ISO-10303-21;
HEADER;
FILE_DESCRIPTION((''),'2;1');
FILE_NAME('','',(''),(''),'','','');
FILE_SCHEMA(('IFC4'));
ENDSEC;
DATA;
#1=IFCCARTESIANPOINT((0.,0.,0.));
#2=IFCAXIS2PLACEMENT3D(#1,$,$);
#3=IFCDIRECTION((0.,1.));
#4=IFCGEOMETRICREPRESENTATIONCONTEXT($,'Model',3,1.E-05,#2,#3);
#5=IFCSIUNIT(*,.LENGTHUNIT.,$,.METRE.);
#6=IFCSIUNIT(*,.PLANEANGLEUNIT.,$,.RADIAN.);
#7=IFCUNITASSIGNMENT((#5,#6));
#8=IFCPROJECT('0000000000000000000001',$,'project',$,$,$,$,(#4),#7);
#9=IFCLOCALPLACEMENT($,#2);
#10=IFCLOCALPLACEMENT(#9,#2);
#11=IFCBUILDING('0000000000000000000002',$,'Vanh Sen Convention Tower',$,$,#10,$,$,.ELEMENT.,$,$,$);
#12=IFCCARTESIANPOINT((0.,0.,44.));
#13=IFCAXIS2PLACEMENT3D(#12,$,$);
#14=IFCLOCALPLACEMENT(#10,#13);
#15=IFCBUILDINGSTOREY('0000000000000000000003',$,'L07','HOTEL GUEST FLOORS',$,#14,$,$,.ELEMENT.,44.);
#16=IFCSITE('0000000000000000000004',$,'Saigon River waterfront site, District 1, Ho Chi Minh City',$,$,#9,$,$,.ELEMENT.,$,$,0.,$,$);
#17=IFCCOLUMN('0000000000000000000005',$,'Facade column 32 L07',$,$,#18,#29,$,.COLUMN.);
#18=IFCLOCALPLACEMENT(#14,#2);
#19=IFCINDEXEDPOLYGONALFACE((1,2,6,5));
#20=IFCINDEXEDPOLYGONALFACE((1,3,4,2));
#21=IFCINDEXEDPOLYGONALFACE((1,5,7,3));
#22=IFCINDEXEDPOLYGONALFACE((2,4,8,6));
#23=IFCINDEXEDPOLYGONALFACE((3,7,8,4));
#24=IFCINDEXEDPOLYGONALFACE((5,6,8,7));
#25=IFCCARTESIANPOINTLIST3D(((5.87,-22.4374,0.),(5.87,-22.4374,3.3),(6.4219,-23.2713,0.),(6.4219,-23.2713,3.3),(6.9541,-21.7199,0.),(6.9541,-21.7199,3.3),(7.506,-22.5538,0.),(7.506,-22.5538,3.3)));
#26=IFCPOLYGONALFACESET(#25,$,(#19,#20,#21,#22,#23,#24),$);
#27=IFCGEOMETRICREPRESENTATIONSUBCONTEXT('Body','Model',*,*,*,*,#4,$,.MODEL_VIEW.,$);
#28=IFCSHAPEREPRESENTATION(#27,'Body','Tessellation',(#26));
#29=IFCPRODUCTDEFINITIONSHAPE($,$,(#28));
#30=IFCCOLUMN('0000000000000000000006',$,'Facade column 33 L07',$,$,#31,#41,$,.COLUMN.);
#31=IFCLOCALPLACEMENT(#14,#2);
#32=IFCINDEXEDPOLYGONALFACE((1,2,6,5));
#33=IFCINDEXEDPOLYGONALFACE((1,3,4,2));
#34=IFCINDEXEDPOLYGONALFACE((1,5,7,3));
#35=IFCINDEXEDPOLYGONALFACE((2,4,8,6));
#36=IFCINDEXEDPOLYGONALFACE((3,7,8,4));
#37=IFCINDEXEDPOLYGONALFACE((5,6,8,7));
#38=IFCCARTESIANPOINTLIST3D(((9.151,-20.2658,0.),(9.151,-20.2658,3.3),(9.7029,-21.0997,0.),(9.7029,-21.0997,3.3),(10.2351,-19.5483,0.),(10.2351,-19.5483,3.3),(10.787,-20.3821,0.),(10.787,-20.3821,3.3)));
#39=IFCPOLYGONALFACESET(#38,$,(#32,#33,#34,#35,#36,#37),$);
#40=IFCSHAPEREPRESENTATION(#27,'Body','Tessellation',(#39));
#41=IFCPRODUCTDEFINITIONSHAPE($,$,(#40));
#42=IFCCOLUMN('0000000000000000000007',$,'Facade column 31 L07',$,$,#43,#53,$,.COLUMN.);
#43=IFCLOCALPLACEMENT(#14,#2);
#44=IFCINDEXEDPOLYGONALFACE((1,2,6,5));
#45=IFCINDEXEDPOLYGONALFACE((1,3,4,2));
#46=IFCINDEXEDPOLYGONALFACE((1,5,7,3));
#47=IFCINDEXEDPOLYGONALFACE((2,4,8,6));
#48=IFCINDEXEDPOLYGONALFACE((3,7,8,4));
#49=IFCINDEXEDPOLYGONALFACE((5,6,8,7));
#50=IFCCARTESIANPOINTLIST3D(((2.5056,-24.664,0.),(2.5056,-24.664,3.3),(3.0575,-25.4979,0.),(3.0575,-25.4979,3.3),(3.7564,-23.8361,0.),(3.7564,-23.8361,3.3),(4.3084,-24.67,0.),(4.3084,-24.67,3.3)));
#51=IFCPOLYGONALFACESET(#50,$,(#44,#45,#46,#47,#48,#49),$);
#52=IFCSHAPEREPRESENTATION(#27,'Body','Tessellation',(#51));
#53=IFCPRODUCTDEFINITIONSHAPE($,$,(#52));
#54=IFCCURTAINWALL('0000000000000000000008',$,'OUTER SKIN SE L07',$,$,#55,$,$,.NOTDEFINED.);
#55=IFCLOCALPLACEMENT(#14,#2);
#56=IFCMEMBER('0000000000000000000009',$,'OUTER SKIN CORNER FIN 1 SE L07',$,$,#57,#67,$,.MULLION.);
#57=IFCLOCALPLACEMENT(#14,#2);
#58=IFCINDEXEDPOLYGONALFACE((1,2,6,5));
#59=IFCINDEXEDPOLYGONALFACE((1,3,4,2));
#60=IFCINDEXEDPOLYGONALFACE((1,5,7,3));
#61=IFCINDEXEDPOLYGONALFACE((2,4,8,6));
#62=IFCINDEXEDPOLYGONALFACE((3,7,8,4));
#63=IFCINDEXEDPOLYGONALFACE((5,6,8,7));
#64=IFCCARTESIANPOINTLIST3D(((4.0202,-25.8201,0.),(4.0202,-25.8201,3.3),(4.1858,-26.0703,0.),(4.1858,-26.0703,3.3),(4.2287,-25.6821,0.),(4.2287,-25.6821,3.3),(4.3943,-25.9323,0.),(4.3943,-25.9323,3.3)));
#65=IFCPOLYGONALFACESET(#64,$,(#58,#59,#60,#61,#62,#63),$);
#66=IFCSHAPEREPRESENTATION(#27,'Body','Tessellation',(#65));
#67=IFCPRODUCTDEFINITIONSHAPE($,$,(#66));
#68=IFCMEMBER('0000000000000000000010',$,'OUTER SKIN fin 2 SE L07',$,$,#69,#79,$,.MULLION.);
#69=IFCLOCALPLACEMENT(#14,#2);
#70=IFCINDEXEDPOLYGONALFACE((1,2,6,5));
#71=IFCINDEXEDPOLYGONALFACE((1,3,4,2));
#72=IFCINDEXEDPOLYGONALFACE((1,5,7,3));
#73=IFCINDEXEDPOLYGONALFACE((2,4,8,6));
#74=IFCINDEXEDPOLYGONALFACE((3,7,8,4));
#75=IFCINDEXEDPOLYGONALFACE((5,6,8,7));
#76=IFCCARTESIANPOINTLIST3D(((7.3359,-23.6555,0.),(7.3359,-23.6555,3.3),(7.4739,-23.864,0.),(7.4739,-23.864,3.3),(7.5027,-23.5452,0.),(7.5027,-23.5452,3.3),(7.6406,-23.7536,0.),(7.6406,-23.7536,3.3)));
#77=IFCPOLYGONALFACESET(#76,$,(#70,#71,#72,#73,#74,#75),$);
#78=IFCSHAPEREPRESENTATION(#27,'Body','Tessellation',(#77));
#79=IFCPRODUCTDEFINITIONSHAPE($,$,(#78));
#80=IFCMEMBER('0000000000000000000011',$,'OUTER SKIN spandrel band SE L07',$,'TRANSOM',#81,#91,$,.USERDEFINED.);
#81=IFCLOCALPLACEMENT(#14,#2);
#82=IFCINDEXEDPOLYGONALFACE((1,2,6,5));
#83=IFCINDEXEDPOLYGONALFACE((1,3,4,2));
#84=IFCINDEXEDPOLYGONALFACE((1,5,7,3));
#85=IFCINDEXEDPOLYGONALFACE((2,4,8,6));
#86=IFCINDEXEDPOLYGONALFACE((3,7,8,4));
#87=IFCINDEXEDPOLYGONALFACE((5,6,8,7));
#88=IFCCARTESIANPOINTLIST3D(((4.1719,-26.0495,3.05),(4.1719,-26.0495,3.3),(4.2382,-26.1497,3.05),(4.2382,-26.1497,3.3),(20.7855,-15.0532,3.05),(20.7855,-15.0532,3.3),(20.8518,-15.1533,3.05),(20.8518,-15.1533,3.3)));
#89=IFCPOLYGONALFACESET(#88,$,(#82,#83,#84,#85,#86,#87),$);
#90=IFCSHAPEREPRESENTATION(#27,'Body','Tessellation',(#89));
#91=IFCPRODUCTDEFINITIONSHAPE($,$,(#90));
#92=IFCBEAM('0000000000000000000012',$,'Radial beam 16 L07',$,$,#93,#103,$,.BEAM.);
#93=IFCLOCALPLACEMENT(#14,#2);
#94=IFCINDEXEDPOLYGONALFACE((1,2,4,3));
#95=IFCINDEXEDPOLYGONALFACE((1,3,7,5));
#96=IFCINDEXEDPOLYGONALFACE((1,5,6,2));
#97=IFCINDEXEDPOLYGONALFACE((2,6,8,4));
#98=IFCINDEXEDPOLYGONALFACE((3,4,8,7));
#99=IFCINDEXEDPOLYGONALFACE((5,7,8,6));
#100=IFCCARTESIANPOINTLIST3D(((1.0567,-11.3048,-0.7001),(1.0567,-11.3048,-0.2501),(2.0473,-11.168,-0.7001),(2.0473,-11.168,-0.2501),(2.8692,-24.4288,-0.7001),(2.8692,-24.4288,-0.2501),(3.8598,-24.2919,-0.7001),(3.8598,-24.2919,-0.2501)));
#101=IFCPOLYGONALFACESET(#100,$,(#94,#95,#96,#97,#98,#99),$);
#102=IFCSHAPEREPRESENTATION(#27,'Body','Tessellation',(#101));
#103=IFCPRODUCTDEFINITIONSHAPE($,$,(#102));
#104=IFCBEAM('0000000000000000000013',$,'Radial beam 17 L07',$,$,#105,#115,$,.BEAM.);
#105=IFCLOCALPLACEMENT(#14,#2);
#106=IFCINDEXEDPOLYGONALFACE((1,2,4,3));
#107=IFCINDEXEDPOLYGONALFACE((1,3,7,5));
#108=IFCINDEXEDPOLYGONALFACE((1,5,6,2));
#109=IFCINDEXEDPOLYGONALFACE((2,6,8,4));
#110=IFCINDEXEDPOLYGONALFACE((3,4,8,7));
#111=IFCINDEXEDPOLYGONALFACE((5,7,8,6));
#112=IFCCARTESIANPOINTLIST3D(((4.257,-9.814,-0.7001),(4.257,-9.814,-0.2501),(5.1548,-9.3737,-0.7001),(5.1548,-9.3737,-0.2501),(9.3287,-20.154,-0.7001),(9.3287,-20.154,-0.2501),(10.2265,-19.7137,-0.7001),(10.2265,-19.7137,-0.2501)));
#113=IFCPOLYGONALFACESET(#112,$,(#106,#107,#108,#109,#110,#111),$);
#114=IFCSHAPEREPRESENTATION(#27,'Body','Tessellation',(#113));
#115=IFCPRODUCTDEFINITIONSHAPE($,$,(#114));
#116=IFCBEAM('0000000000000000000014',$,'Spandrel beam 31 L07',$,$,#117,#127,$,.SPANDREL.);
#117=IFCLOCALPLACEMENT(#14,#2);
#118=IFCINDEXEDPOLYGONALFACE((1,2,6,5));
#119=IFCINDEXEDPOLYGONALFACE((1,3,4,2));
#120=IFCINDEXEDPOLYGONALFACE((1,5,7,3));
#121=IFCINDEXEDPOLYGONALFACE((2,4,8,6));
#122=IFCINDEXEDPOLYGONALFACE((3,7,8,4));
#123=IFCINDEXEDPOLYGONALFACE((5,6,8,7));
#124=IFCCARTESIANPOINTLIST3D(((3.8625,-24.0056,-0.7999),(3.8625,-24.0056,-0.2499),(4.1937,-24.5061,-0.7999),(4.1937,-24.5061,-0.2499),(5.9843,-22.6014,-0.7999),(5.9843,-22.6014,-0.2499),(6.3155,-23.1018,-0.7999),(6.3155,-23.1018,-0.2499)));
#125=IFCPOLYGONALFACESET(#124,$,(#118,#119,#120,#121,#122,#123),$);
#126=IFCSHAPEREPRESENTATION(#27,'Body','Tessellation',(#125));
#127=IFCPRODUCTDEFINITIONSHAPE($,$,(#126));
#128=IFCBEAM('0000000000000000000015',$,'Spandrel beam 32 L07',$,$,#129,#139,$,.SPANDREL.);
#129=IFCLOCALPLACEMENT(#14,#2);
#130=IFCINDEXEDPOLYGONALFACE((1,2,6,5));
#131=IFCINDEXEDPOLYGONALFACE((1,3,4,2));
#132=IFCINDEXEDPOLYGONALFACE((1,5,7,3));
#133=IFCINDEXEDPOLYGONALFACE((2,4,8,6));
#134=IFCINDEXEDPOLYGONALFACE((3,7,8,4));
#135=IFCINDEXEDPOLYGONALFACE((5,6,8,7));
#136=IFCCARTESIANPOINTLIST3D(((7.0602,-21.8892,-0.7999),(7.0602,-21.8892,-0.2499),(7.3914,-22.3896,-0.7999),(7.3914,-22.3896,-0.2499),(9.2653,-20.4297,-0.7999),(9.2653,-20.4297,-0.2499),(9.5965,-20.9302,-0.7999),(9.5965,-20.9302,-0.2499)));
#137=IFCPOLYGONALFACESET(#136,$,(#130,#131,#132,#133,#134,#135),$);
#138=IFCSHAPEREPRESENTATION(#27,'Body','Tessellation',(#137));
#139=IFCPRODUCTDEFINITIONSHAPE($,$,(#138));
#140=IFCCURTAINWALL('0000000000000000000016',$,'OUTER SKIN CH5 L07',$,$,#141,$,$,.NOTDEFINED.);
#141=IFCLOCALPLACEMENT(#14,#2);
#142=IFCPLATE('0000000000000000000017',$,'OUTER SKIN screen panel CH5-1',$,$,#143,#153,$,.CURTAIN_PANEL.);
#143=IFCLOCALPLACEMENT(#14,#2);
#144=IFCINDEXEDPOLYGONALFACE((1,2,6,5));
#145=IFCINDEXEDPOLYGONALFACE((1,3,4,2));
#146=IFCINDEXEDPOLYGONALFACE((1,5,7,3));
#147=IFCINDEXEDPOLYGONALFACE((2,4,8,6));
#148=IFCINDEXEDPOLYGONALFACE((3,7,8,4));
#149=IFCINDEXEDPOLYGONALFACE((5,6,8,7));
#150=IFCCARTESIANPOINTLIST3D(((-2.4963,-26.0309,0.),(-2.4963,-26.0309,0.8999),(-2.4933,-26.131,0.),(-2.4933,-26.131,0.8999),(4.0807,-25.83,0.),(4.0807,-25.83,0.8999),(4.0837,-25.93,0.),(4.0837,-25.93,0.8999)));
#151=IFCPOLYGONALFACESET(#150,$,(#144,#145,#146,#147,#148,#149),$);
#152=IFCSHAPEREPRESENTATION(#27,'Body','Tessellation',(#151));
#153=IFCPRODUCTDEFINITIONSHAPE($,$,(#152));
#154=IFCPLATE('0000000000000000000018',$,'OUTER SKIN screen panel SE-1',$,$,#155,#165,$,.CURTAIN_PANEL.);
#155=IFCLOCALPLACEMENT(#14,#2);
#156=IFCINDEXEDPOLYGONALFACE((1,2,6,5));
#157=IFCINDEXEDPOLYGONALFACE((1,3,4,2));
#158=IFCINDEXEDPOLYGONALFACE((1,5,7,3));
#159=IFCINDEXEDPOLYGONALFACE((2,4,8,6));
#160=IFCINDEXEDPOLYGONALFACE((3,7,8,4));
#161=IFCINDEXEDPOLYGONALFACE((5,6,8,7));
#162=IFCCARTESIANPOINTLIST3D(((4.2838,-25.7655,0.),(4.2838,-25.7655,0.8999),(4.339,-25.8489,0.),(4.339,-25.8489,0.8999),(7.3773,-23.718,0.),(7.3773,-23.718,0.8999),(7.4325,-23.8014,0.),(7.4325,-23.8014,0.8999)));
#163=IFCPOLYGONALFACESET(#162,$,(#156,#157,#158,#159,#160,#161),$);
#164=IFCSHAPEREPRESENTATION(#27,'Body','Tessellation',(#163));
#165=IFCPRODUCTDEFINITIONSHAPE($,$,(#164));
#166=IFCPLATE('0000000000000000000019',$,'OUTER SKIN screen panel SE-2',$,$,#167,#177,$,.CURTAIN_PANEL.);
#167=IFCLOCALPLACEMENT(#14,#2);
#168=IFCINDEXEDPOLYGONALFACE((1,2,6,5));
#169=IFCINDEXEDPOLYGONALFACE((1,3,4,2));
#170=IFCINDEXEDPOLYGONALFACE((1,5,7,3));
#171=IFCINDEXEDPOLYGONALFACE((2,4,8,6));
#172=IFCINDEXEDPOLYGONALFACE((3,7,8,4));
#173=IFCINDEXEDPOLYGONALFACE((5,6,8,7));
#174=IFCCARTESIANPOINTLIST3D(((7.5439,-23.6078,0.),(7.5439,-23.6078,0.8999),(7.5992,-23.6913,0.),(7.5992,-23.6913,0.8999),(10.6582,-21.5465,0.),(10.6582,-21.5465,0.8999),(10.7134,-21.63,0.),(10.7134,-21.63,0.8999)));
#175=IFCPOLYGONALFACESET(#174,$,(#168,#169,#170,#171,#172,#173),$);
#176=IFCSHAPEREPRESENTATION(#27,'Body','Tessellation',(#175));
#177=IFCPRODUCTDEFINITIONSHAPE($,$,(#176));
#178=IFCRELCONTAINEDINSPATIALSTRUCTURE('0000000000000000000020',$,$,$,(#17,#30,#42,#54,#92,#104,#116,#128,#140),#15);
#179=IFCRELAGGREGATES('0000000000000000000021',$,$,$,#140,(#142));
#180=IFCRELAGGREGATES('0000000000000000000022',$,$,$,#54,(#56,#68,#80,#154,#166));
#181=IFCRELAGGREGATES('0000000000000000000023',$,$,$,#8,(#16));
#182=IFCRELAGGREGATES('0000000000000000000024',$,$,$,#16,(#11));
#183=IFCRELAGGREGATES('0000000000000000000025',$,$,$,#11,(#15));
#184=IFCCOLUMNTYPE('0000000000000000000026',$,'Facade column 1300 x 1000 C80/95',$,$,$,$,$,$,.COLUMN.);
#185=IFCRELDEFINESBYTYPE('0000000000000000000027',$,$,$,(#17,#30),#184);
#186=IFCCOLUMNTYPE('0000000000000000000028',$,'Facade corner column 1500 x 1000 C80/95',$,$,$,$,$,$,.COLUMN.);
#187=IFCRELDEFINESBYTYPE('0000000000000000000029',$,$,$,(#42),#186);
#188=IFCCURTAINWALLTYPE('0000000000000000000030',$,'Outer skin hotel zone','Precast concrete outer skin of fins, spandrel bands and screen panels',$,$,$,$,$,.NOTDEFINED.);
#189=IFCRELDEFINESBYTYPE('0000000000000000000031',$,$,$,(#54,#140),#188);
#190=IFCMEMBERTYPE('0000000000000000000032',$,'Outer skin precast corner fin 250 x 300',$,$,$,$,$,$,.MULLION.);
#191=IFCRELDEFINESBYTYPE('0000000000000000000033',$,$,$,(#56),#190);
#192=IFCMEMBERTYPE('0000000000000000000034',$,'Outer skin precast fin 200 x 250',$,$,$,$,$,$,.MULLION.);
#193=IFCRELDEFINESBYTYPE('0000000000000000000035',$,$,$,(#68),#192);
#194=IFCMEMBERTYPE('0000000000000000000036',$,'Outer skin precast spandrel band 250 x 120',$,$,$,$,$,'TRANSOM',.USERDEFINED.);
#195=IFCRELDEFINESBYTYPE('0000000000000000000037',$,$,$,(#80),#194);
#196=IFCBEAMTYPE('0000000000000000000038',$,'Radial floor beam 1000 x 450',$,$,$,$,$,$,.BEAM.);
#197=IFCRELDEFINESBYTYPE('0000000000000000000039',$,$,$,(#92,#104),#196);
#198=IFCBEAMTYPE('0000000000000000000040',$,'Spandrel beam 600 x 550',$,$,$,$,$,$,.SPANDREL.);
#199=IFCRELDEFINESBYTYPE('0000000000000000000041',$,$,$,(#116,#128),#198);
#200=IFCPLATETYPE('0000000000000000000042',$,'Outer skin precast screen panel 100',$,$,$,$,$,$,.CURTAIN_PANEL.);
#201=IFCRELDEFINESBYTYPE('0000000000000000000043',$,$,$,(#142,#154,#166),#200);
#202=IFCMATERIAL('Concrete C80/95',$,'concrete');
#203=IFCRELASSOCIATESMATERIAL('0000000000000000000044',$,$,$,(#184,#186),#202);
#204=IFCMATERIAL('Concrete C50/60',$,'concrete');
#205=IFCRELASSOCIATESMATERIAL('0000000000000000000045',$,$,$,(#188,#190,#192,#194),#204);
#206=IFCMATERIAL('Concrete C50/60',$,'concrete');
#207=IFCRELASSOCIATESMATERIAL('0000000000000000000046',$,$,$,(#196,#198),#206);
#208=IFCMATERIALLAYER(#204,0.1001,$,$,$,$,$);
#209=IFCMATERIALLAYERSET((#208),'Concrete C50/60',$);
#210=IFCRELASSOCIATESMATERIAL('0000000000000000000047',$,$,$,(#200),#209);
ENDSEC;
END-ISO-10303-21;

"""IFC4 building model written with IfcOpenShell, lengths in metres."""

from ifc_helpers import new_model, si_unit, direction, frame, origin, origin_2d, place, context, subcontext, project, spatial, rectangle, extrude, material, layer, layer_set, material_profile, profile_set, type_object, element, aggregate, save


model = new_model("IFC4")

# Units and contexts
model_context = context("Model", 3, precision=1e-05, world=origin(), true_north=direction((0.0, 1.0)))
body_context = subcontext(model_context, "Body", "Model", "MODEL_VIEW")
ifc_project = project(units=[si_unit("LENGTHUNIT", "METRE"), si_unit("PLANEANGLEUNIT", "RADIAN")], contexts=[model_context])

# Site, building, storey
site_placement = place(None, origin())
site = spatial("IfcSite", under=ifc_project, at=site_placement, Name="Saigon River waterfront site, District 1, Ho Chi Minh City", CompositionType="ELEMENT", RefElevation=0.0)
building_placement = place(site_placement, origin())
building = spatial("IfcBuilding", under=site, at=building_placement, Name="Vanh Sen Convention Tower", CompositionType="ELEMENT")
storey_placement = place(building_placement, frame((0.0, 0.0, 44.0)))
storey = spatial("IfcBuildingStorey", under=building, at=storey_placement, Name="L07", Description="HOTEL GUEST FLOORS", CompositionType="ELEMENT", Elevation=44.0)

# Columns
ifc_material_1 = material(Name="Concrete C80/95", Category="concrete")
ifc_material_profile_1 = material_profile(ifc_material_1, rectangle(XDim=1.3, YDim=1.0, at=origin_2d()), Name="RC 1300X1000")
ifc_profile_set_1 = profile_set([ifc_material_profile_1], Name="Concrete C80/95")
column_type_1 = type_object("IfcColumnType", Name="Facade column 1300 x 1000 C80/95", PredefinedType="COLUMN", material=ifc_profile_set_1)
for number, where, z_axis, x_axis, name in (
    (1, (6.688, -22.4956, 0.0), (0.0, 0.0, 1.0), (0.833886, 0.551937, 0.0), "Facade column 32 L07"),
    (2, (9.969, -20.324, 0.0), (0.0, 0.0, 1.0), (0.833886, 0.551937, 0.0), "Facade column 33 L07"),
):
    element("IfcColumn", number, at=place(storey_placement, frame(where, z_axis=z_axis, x_axis=x_axis)), inside=storey, type_object=column_type_1, Name=name, PredefinedType="COLUMN", context=body_context, shape_type="SweptSolid", body=[
        extrude(rectangle(XDim=1.3, YDim=1.0, at=origin_2d()), origin(), (0.0, 0.0, 1.0), 3.3),
    ])
ifc_material_profile_2 = material_profile(ifc_material_1, rectangle(XDim=1.5, YDim=1.0, at=origin_2d()), Name="RC 1500X1000")
ifc_profile_set_2 = profile_set([ifc_material_profile_2], Name="Concrete C80/95")
column_type_2 = type_object("IfcColumnType", Name="Facade corner column 1500 x 1000 C80/95", PredefinedType="COLUMN", material=ifc_profile_set_2)
column_placement = place(storey_placement, frame((3.407, -24.667, 0.0), z_axis=(0.0, 0.0, 1.0), x_axis=(0.833886, 0.551937, 0.0)))
element("IfcColumn", 3, at=column_placement, inside=storey, type_object=column_type_2, Name="Facade column 31 L07", PredefinedType="COLUMN", context=body_context, shape_type="SweptSolid", body=[
    extrude(rectangle(XDim=1.5, YDim=1.0, at=origin_2d()), origin(), (0.0, 0.0, 1.0), 3.3),
])

# Curtain wall, members
ifc_material_2 = material(Name="Concrete C50/60", Category="concrete")
curtain_wall_type = type_object("IfcCurtainWallType", Name="Outer skin hotel zone", Description="Precast concrete outer skin of fins, spandrel bands and screen panels", PredefinedType="NOTDEFINED", material=ifc_material_2)
curtain_wall_1_placement = place(storey_placement, origin())
curtain_wall_1 = element("IfcCurtainWall", 4, at=curtain_wall_1_placement, inside=storey, type_object=curtain_wall_type, Name="OUTER SKIN SE L07", PredefinedType="NOTDEFINED")
ifc_material_profile_3 = material_profile(ifc_material_2, rectangle(XDim=0.25, YDim=0.3, at=origin_2d()), Name="Outer skin precast corner fin 250 x 300")
ifc_profile_set_3 = profile_set([ifc_material_profile_3], Name="Concrete C50/60")
member_type_1 = type_object("IfcMemberType", Name="Outer skin precast corner fin 250 x 300", PredefinedType="MULLION", material=ifc_profile_set_3)
member_1_placement = place(storey_placement, frame((4.2073, -25.8762, 0.0), z_axis=(0.0, 0.0, 1.0), x_axis=(0.833886, 0.551937, 0.0)))
member_1 = element("IfcMember", 5, at=member_1_placement, type_object=member_type_1, Name="OUTER SKIN CORNER FIN 1 SE L07", PredefinedType="MULLION", context=body_context, shape_type="SweptSolid", body=[
    extrude(rectangle(XDim=0.25, YDim=0.3, at=origin_2d()), origin(), (0.0, 0.0, 1.0), 3.3),
])
ifc_material_profile_4 = material_profile(ifc_material_2, rectangle(XDim=0.2, YDim=0.25, at=origin_2d()), Name="Outer skin precast fin 200 x 250")
ifc_profile_set_4 = profile_set([ifc_material_profile_4], Name="Concrete C50/60")
member_type_2 = type_object("IfcMemberType", Name="Outer skin precast fin 200 x 250", PredefinedType="MULLION", material=ifc_profile_set_4)
member_2_placement = place(storey_placement, frame((7.4883, -23.7046, 0.0), z_axis=(0.0, 0.0, 1.0), x_axis=(0.833886, 0.551937, 0.0)))
member_2 = element("IfcMember", 6, at=member_2_placement, type_object=member_type_2, Name="OUTER SKIN fin 2 SE L07", PredefinedType="MULLION", context=body_context, shape_type="SweptSolid", body=[
    extrude(rectangle(XDim=0.2, YDim=0.25, at=origin_2d()), origin(), (0.0, 0.0, 1.0), 3.3),
])
ifc_material_profile_5 = material_profile(ifc_material_2, rectangle(XDim=0.1201, YDim=0.25, at=origin_2d()), Name="Outer skin precast spandrel band 250 x 120")
ifc_profile_set_5 = profile_set([ifc_material_profile_5], Name="Concrete C50/60")
member_type_3 = type_object("IfcMemberType", Name="Outer skin precast spandrel band 250 x 120", ElementType="TRANSOM", PredefinedType="USERDEFINED", material=ifc_profile_set_5)
member_3_placement = place(storey_placement, frame((4.2051, -26.0996, 3.175), z_axis=(0.833884, 0.55194, 0.0), x_axis=(-0.55194, 0.833884, 0.0)))
member_3 = element("IfcMember", 7, at=member_3_placement, type_object=member_type_3, Name="OUTER SKIN spandrel band SE L07", ObjectType="TRANSOM", PredefinedType="USERDEFINED", context=body_context, shape_type="SweptSolid", body=[
    extrude(rectangle(XDim=0.1201, YDim=0.25, at=origin_2d()), origin(), (0.0, 0.0, 1.0), 19.9231),
])

# Beams
ifc_material_3 = material(Name="Concrete C50/60", Category="concrete")
ifc_material_profile_6 = material_profile(ifc_material_3, rectangle(XDim=1.0, YDim=0.45, at=origin_2d()), Name="RC 1000X450")
ifc_profile_set_6 = profile_set([ifc_material_profile_6], Name="Concrete C50/60")
beam_type_1 = type_object("IfcBeamType", Name="Radial floor beam 1000 x 450", PredefinedType="BEAM", material=ifc_profile_set_6)
beam_1_placement = place(storey_placement, frame((3.3645, -24.3604, -0.4751), z_axis=(-0.136807, 0.990598, 0.0), x_axis=(-0.990598, -0.136807, 0.0)))
element("IfcBeam", 8, at=beam_1_placement, inside=storey, type_object=beam_type_1, Name="Radial beam 16 L07", PredefinedType="BEAM", context=body_context, shape_type="SweptSolid", body=[
    extrude(rectangle(XDim=1.0, YDim=0.45, at=origin_2d()), origin(), (0.0, 0.0, 1.0), 13.2485),
])
beam_2_placement = place(storey_placement, frame((9.7776, -19.9338, -0.4751), z_axis=(-0.440375, 0.897814, 0.0), x_axis=(-0.897814, -0.440375, 0.0)))
element("IfcBeam", 9, at=beam_2_placement, inside=storey, type_object=beam_type_1, Name="Radial beam 17 L07", PredefinedType="BEAM", context=body_context, shape_type="SweptSolid", body=[
    extrude(rectangle(XDim=1.0, YDim=0.45, at=origin_2d()), origin(), (0.0, 0.0, 1.0), 11.5168),
])
ifc_material_profile_7 = material_profile(ifc_material_3, rectangle(XDim=0.6001, YDim=0.55, at=origin_2d()), Name="RC 600X550")
ifc_profile_set_7 = profile_set([ifc_material_profile_7], Name="Concrete C50/60")
beam_type_2 = type_object("IfcBeamType", Name="Spandrel beam 600 x 550", PredefinedType="SPANDREL", material=ifc_profile_set_7)
beam_3_placement = place(storey_placement, frame((4.0281, -24.2559, -0.5249), z_axis=(0.833906, 0.551907, 0.0), x_axis=(-0.551907, 0.833906, 0.0)))
element("IfcBeam", 10, at=beam_3_placement, inside=storey, type_object=beam_type_2, Name="Spandrel beam 31 L07", PredefinedType="SPANDREL", context=body_context, shape_type="SweptSolid", body=[
    extrude(rectangle(XDim=0.6001, YDim=0.55, at=origin_2d()), origin(), (0.0, 0.0, 1.0), 2.5444),
])
beam_4_placement = place(storey_placement, frame((7.2258, -22.1394, -0.5249), z_axis=(0.833892, 0.551927, 0.0), x_axis=(-0.551927, 0.833892, 0.0)))
element("IfcBeam", 11, at=beam_4_placement, inside=storey, type_object=beam_type_2, Name="Spandrel beam 32 L07", PredefinedType="SPANDREL", context=body_context, shape_type="SweptSolid", body=[
    extrude(rectangle(XDim=0.6001, YDim=0.55, at=origin_2d()), origin(), (0.0, 0.0, 1.0), 2.6443),
])

# Curtain wall, plate
curtain_wall_2_placement = place(storey_placement, origin())
curtain_wall_2 = element("IfcCurtainWall", 12, at=curtain_wall_2_placement, inside=storey, type_object=curtain_wall_type, Name="OUTER SKIN CH5 L07", PredefinedType="NOTDEFINED")
ifc_layer_1 = layer(ifc_material_2, 0.1001)
ifc_layer_set_1 = layer_set([ifc_layer_1], Name="Concrete C50/60")
plate_type = type_object("IfcPlateType", Name="Outer skin precast screen panel 100", PredefinedType="CURTAIN_PANEL", material=ifc_layer_set_1)
plate_1_placement = place(storey_placement, frame((0.7937, -25.9805, 0.0), z_axis=(0.0, 0.0, 1.0), x_axis=(0.999533, 0.030542, 0.0)))
plate_1 = element("IfcPlate", 13, at=plate_1_placement, type_object=plate_type, Name="OUTER SKIN screen panel CH5-1", PredefinedType="CURTAIN_PANEL", context=body_context, shape_type="SweptSolid", body=[
    extrude(rectangle(XDim=6.5801, YDim=0.1001, at=origin_2d()), origin(), (0.0, 0.0, 1.0), 0.8999),
])
aggregate(curtain_wall_2, [plate_1])

# Plates
plate_2_placement = place(storey_placement, frame((5.8582, -24.7834, 0.0), z_axis=(0.0, 0.0, 1.0), x_axis=(0.833892, 0.551928, 0.0)))
plate_2 = element("IfcPlate", 14, at=plate_2_placement, type_object=plate_type, Name="OUTER SKIN screen panel SE-1", PredefinedType="CURTAIN_PANEL", context=body_context, shape_type="SweptSolid", body=[
    extrude(rectangle(XDim=3.7097, YDim=0.1001, at=origin_2d()), origin(), (0.0, 0.0, 1.0), 0.8999),
])
plate_3_placement = place(storey_placement, frame((9.1287, -22.6189, 0.0), z_axis=(0.0, 0.0, 1.0), x_axis=(0.833892, 0.551928, 0.0)))
plate_3 = element("IfcPlate", 15, at=plate_3_placement, type_object=plate_type, Name="OUTER SKIN screen panel SE-2", PredefinedType="CURTAIN_PANEL", context=body_context, shape_type="SweptSolid", body=[
    extrude(rectangle(XDim=3.7346, YDim=0.1001, at=origin_2d()), origin(), (0.0, 0.0, 1.0), 0.8999),
])
aggregate(curtain_wall_1, [member_1, member_2, member_3, plate_2, plate_3])

save(model, "model.ifc")
